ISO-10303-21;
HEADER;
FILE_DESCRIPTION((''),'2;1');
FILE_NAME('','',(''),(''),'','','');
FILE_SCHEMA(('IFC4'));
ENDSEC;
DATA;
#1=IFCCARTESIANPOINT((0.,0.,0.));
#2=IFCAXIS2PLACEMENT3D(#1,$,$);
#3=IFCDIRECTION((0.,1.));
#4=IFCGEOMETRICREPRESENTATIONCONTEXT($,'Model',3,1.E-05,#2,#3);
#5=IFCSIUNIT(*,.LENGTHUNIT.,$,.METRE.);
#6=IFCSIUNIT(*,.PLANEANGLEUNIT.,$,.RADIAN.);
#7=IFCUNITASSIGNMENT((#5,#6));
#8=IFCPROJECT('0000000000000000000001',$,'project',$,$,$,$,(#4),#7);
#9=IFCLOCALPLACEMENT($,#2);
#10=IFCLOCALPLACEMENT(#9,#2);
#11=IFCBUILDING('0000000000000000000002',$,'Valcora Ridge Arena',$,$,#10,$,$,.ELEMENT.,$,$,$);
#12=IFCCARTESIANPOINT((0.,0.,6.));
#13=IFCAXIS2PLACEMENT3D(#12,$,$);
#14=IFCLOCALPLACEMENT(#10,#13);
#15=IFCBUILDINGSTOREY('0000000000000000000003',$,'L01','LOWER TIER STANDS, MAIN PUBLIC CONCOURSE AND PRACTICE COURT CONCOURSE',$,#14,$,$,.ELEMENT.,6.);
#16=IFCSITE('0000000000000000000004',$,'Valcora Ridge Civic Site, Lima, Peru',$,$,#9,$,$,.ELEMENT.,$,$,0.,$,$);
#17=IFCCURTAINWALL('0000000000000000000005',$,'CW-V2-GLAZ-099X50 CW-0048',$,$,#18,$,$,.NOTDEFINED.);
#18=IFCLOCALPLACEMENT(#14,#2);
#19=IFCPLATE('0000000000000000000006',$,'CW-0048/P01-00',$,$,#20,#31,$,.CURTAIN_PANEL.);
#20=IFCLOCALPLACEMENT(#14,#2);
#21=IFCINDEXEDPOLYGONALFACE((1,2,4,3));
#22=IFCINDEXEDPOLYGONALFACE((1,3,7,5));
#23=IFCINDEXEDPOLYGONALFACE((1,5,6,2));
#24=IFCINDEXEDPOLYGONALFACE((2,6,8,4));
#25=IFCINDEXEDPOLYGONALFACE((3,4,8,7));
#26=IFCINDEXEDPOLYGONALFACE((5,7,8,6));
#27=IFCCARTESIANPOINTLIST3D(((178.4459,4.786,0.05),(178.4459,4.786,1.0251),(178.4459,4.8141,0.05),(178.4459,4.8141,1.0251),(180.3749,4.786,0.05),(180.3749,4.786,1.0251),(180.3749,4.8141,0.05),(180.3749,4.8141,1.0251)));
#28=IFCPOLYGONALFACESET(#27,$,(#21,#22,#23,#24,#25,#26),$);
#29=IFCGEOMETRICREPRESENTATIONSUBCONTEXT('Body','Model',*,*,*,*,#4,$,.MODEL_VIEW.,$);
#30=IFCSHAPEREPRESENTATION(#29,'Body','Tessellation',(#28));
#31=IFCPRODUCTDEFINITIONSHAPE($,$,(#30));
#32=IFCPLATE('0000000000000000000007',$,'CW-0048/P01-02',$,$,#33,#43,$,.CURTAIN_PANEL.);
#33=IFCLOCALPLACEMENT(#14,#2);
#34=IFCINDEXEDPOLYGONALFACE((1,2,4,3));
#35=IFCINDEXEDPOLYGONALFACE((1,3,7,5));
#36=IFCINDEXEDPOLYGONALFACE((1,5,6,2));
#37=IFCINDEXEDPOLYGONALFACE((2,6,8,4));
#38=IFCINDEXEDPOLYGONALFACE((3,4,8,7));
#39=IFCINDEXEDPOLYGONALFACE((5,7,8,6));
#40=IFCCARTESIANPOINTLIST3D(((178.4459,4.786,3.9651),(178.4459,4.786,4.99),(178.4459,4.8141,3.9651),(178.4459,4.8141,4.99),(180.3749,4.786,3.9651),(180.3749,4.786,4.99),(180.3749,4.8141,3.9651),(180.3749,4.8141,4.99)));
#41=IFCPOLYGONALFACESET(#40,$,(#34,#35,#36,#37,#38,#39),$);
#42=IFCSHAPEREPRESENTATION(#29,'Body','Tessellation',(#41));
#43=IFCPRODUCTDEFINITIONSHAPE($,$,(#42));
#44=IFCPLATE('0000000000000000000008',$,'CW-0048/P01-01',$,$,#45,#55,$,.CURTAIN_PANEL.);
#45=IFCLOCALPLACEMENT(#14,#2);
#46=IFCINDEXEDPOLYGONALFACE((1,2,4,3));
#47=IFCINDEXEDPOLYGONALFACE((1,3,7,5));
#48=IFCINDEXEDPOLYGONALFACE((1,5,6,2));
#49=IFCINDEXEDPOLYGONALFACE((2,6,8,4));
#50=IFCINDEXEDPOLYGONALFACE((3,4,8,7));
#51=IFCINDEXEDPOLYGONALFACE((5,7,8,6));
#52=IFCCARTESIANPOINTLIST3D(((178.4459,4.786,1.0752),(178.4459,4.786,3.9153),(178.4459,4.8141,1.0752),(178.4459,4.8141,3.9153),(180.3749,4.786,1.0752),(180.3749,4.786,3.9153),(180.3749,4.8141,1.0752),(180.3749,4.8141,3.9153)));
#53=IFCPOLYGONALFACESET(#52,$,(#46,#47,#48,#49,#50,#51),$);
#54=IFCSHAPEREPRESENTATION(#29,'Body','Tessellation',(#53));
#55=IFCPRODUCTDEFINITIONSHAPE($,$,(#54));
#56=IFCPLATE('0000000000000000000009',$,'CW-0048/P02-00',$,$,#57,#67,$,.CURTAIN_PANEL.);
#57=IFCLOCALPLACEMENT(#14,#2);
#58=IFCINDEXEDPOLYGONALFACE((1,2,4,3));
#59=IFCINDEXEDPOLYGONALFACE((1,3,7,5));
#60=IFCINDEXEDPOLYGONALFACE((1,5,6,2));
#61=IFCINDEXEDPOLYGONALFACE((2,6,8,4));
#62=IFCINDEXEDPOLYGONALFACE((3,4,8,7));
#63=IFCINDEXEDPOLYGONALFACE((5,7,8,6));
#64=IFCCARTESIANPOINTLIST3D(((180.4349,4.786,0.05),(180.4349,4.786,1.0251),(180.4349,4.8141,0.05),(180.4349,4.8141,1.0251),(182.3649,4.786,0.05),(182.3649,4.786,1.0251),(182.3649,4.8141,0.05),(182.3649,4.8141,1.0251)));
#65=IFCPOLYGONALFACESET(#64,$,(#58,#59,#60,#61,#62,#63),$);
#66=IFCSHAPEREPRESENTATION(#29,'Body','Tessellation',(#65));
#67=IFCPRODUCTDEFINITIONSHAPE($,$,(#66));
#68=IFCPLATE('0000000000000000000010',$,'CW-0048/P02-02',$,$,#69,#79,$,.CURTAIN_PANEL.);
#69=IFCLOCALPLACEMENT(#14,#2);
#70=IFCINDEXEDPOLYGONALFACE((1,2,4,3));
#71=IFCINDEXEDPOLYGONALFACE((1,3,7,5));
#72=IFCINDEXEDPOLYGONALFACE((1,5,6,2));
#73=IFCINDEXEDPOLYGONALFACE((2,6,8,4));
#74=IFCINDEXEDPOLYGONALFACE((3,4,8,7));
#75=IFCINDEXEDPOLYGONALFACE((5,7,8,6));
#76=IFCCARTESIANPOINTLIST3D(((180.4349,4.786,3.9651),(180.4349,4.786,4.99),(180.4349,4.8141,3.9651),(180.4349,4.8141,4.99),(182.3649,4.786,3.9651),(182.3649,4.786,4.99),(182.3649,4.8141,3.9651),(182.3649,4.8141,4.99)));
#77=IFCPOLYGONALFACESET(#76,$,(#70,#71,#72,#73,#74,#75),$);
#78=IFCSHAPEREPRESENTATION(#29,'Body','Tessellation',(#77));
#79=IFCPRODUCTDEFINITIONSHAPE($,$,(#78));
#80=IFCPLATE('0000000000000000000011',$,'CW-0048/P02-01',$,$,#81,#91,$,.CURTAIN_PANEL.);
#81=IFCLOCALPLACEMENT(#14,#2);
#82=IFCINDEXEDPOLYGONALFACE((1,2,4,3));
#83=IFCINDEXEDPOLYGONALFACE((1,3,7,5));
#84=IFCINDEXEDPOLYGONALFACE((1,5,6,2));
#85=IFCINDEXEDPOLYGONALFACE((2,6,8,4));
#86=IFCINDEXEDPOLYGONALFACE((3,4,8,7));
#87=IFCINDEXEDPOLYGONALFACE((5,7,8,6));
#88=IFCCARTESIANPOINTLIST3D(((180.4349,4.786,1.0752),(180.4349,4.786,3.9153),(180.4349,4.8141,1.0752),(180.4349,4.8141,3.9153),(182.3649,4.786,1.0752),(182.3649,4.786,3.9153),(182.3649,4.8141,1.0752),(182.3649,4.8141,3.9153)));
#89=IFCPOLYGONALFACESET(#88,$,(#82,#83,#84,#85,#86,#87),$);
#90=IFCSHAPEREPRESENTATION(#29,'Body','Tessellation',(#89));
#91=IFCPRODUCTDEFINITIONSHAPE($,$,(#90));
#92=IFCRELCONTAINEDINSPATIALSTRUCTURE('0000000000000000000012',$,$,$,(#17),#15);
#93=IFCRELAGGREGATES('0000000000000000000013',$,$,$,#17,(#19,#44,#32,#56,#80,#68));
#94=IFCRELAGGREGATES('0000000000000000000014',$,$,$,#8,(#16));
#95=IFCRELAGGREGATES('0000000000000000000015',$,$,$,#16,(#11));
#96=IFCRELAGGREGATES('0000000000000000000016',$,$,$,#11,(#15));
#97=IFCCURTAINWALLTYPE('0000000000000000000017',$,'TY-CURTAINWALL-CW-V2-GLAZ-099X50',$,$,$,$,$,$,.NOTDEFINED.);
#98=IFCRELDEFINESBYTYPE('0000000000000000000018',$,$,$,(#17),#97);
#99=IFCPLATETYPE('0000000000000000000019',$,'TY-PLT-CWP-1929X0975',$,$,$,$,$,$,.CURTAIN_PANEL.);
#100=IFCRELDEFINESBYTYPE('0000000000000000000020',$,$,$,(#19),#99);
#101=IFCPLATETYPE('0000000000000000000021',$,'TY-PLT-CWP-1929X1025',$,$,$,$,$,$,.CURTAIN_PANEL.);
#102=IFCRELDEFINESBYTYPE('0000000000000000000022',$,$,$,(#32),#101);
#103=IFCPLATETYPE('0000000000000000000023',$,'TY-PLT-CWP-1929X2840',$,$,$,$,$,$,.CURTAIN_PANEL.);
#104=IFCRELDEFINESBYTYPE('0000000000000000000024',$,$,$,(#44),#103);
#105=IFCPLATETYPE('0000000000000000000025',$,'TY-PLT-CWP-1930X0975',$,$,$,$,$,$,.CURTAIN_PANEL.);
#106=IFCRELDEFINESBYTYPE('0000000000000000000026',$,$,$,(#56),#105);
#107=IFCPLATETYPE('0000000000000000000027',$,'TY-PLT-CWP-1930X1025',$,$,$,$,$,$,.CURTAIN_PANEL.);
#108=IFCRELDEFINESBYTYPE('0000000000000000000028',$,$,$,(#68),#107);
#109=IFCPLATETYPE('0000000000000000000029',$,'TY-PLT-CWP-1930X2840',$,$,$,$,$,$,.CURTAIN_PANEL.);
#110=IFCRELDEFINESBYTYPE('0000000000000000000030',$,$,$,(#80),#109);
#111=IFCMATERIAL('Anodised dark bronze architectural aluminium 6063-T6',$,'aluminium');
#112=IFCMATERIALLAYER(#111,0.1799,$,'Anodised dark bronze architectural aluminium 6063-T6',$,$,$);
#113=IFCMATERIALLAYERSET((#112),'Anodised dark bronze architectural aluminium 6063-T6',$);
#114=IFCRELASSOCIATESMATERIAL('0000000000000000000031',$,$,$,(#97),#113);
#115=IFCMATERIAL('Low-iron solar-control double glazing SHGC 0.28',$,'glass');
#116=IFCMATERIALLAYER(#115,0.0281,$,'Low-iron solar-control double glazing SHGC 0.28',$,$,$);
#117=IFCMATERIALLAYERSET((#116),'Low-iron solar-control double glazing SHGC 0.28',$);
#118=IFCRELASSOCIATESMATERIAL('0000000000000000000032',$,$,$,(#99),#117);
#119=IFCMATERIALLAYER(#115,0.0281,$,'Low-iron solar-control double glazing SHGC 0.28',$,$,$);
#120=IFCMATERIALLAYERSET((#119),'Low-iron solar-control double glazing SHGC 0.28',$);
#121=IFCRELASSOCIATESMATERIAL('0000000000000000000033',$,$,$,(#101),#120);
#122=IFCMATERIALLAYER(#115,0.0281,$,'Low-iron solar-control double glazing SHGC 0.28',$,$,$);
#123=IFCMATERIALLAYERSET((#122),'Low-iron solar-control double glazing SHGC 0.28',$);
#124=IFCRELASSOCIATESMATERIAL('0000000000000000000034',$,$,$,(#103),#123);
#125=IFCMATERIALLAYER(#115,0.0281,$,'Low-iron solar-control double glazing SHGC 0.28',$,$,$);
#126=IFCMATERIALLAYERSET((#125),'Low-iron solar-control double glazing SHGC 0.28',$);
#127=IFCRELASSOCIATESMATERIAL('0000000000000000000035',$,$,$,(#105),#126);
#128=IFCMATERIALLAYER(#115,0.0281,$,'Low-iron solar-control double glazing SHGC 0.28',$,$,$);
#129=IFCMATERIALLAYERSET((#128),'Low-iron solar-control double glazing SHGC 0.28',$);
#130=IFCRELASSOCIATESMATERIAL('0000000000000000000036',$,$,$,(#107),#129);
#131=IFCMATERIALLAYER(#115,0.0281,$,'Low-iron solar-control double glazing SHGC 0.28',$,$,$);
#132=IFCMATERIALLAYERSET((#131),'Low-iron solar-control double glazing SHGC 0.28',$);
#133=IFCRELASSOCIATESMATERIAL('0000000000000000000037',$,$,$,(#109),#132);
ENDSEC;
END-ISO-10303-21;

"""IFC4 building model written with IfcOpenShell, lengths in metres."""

from ifc_helpers import new_model, si_unit, direction, frame, origin, origin_2d, place, context, subcontext, project, spatial, rectangle, extrude, material, layer, layer_set, type_object, element, aggregate, save


model = new_model("IFC4")

# Units and contexts
model_context = context("Model", 3, precision=1e-05, world=origin(), true_north=direction((0.0, 1.0)))
body_context = subcontext(model_context, "Body", "Model", "MODEL_VIEW")
ifc_project = project(units=[si_unit("LENGTHUNIT", "METRE"), si_unit("PLANEANGLEUNIT", "RADIAN")], contexts=[model_context])

# Site, building, storey
site_placement = place(None, origin())
site = spatial("IfcSite", under=ifc_project, at=site_placement, Name="Valcora Ridge Civic Site, Lima, Peru", CompositionType="ELEMENT", RefElevation=0.0)
building_placement = place(site_placement, origin())
building = spatial("IfcBuilding", under=site, at=building_placement, Name="Valcora Ridge Arena", CompositionType="ELEMENT")
storey_placement = place(building_placement, frame((0.0, 0.0, 6.0)))
storey = spatial("IfcBuildingStorey", under=building, at=storey_placement, Name="L01", Description="LOWER TIER STANDS, MAIN PUBLIC CONCOURSE AND PRACTICE COURT CONCOURSE", CompositionType="ELEMENT", Elevation=6.0)

# Curtain wall, plates
ifc_material_1 = material(Name="Anodised dark bronze architectural aluminium 6063-T6", Category="aluminium")
ifc_layer_1 = layer(ifc_material_1, 0.1799, Name="Anodised dark bronze architectural aluminium 6063-T6")
ifc_layer_set_1 = layer_set([ifc_layer_1], Name="Anodised dark bronze architectural aluminium 6063-T6")
curtain_wall_type = type_object("IfcCurtainWallType", Name="TY-CURTAINWALL-CW-V2-GLAZ-099X50", PredefinedType="NOTDEFINED", material=ifc_layer_set_1)
curtain_wall_placement = place(storey_placement, origin())
curtain_wall = element("IfcCurtainWall", 1, at=curtain_wall_placement, inside=storey, type_object=curtain_wall_type, Name="CW-V2-GLAZ-099X50 CW-0048", PredefinedType="NOTDEFINED")
ifc_material_2 = material(Name="Low-iron solar-control double glazing SHGC 0.28", Category="glass")
ifc_layer_2 = layer(ifc_material_2, 0.0281, Name="Low-iron solar-control double glazing SHGC 0.28")
ifc_layer_set_2 = layer_set([ifc_layer_2], Name="Low-iron solar-control double glazing SHGC 0.28")
plate_type_1 = type_object("IfcPlateType", Name="TY-PLT-CWP-1929X0975", PredefinedType="CURTAIN_PANEL", material=ifc_layer_set_2)
plate_1_placement = place(storey_placement, frame((179.4104, 4.8, 0.05), z_axis=(0.0, 0.0, 1.0), x_axis=(1.0, 0.0, 0.0)))
plate_1 = element("IfcPlate", 2, at=plate_1_placement, type_object=plate_type_1, Name="CW-0048/P01-00", PredefinedType="CURTAIN_PANEL", context=body_context, shape_type="SweptSolid", body=[
    extrude(rectangle(XDim=1.929, YDim=0.0281, at=origin_2d()), origin(), (0.0, 0.0, 1.0), 0.9751),
])
ifc_layer_3 = layer(ifc_material_2, 0.0281, Name="Low-iron solar-control double glazing SHGC 0.28")
ifc_layer_set_3 = layer_set([ifc_layer_3], Name="Low-iron solar-control double glazing SHGC 0.28")
plate_type_2 = type_object("IfcPlateType", Name="TY-PLT-CWP-1929X1025", PredefinedType="CURTAIN_PANEL", material=ifc_layer_set_3)
plate_2_placement = place(storey_placement, frame((179.4104, 4.8, 3.9651), z_axis=(0.0, 0.0, 1.0), x_axis=(1.0, 0.0, 0.0)))
plate_2 = element("IfcPlate", 3, at=plate_2_placement, type_object=plate_type_2, Name="CW-0048/P01-02", PredefinedType="CURTAIN_PANEL", context=body_context, shape_type="SweptSolid", body=[
    extrude(rectangle(XDim=1.929, YDim=0.0281, at=origin_2d()), origin(), (0.0, 0.0, 1.0), 1.0249),
])
ifc_layer_4 = layer(ifc_material_2, 0.0281, Name="Low-iron solar-control double glazing SHGC 0.28")
ifc_layer_set_4 = layer_set([ifc_layer_4], Name="Low-iron solar-control double glazing SHGC 0.28")
plate_type_3 = type_object("IfcPlateType", Name="TY-PLT-CWP-1929X2840", PredefinedType="CURTAIN_PANEL", material=ifc_layer_set_4)
plate_3_placement = place(storey_placement, frame((179.4104, 4.8, 1.0752), z_axis=(0.0, 0.0, 1.0), x_axis=(1.0, 0.0, 0.0)))
plate_3 = element("IfcPlate", 4, at=plate_3_placement, type_object=plate_type_3, Name="CW-0048/P01-01", PredefinedType="CURTAIN_PANEL", context=body_context, shape_type="SweptSolid", body=[
    extrude(rectangle(XDim=1.929, YDim=0.0281, at=origin_2d()), origin(), (0.0, 0.0, 1.0), 2.8401),
])
ifc_layer_5 = layer(ifc_material_2, 0.0281, Name="Low-iron solar-control double glazing SHGC 0.28")
ifc_layer_set_5 = layer_set([ifc_layer_5], Name="Low-iron solar-control double glazing SHGC 0.28")
plate_type_4 = type_object("IfcPlateType", Name="TY-PLT-CWP-1930X0975", PredefinedType="CURTAIN_PANEL", material=ifc_layer_set_5)
plate_4_placement = place(storey_placement, frame((181.3999, 4.8, 0.05), z_axis=(0.0, 0.0, 1.0), x_axis=(1.0, 0.0, 0.0)))
plate_4 = element("IfcPlate", 5, at=plate_4_placement, type_object=plate_type_4, Name="CW-0048/P02-00", PredefinedType="CURTAIN_PANEL", context=body_context, shape_type="SweptSolid", body=[
    extrude(rectangle(XDim=1.9299, YDim=0.0281, at=origin_2d()), origin(), (0.0, 0.0, 1.0), 0.9751),
])
ifc_layer_6 = layer(ifc_material_2, 0.0281, Name="Low-iron solar-control double glazing SHGC 0.28")
ifc_layer_set_6 = layer_set([ifc_layer_6], Name="Low-iron solar-control double glazing SHGC 0.28")
plate_type_5 = type_object("IfcPlateType", Name="TY-PLT-CWP-1930X1025", PredefinedType="CURTAIN_PANEL", material=ifc_layer_set_6)
plate_5_placement = place(storey_placement, frame((181.3999, 4.8, 3.9651), z_axis=(0.0, 0.0, 1.0), x_axis=(1.0, 0.0, 0.0)))
plate_5 = element("IfcPlate", 6, at=plate_5_placement, type_object=plate_type_5, Name="CW-0048/P02-02", PredefinedType="CURTAIN_PANEL", context=body_context, shape_type="SweptSolid", body=[
    extrude(rectangle(XDim=1.9299, YDim=0.0281, at=origin_2d()), origin(), (0.0, 0.0, 1.0), 1.0249),
])
ifc_layer_7 = layer(ifc_material_2, 0.0281, Name="Low-iron solar-control double glazing SHGC 0.28")
ifc_layer_set_7 = layer_set([ifc_layer_7], Name="Low-iron solar-control double glazing SHGC 0.28")
plate_type_6 = type_object("IfcPlateType", Name="TY-PLT-CWP-1930X2840", PredefinedType="CURTAIN_PANEL", material=ifc_layer_set_7)
plate_6_placement = place(storey_placement, frame((181.3999, 4.8, 1.0752), z_axis=(0.0, 0.0, 1.0), x_axis=(1.0, 0.0, 0.0)))
plate_6 = element("IfcPlate", 7, at=plate_6_placement, type_object=plate_type_6, Name="CW-0048/P02-01", PredefinedType="CURTAIN_PANEL", context=body_context, shape_type="SweptSolid", body=[
    extrude(rectangle(XDim=1.9299, YDim=0.0281, at=origin_2d()), origin(), (0.0, 0.0, 1.0), 2.8401),
])
aggregate(curtain_wall, [plate_1, plate_3, plate_2, plate_4, plate_6, plate_5])

save(model, "model.ifc")
